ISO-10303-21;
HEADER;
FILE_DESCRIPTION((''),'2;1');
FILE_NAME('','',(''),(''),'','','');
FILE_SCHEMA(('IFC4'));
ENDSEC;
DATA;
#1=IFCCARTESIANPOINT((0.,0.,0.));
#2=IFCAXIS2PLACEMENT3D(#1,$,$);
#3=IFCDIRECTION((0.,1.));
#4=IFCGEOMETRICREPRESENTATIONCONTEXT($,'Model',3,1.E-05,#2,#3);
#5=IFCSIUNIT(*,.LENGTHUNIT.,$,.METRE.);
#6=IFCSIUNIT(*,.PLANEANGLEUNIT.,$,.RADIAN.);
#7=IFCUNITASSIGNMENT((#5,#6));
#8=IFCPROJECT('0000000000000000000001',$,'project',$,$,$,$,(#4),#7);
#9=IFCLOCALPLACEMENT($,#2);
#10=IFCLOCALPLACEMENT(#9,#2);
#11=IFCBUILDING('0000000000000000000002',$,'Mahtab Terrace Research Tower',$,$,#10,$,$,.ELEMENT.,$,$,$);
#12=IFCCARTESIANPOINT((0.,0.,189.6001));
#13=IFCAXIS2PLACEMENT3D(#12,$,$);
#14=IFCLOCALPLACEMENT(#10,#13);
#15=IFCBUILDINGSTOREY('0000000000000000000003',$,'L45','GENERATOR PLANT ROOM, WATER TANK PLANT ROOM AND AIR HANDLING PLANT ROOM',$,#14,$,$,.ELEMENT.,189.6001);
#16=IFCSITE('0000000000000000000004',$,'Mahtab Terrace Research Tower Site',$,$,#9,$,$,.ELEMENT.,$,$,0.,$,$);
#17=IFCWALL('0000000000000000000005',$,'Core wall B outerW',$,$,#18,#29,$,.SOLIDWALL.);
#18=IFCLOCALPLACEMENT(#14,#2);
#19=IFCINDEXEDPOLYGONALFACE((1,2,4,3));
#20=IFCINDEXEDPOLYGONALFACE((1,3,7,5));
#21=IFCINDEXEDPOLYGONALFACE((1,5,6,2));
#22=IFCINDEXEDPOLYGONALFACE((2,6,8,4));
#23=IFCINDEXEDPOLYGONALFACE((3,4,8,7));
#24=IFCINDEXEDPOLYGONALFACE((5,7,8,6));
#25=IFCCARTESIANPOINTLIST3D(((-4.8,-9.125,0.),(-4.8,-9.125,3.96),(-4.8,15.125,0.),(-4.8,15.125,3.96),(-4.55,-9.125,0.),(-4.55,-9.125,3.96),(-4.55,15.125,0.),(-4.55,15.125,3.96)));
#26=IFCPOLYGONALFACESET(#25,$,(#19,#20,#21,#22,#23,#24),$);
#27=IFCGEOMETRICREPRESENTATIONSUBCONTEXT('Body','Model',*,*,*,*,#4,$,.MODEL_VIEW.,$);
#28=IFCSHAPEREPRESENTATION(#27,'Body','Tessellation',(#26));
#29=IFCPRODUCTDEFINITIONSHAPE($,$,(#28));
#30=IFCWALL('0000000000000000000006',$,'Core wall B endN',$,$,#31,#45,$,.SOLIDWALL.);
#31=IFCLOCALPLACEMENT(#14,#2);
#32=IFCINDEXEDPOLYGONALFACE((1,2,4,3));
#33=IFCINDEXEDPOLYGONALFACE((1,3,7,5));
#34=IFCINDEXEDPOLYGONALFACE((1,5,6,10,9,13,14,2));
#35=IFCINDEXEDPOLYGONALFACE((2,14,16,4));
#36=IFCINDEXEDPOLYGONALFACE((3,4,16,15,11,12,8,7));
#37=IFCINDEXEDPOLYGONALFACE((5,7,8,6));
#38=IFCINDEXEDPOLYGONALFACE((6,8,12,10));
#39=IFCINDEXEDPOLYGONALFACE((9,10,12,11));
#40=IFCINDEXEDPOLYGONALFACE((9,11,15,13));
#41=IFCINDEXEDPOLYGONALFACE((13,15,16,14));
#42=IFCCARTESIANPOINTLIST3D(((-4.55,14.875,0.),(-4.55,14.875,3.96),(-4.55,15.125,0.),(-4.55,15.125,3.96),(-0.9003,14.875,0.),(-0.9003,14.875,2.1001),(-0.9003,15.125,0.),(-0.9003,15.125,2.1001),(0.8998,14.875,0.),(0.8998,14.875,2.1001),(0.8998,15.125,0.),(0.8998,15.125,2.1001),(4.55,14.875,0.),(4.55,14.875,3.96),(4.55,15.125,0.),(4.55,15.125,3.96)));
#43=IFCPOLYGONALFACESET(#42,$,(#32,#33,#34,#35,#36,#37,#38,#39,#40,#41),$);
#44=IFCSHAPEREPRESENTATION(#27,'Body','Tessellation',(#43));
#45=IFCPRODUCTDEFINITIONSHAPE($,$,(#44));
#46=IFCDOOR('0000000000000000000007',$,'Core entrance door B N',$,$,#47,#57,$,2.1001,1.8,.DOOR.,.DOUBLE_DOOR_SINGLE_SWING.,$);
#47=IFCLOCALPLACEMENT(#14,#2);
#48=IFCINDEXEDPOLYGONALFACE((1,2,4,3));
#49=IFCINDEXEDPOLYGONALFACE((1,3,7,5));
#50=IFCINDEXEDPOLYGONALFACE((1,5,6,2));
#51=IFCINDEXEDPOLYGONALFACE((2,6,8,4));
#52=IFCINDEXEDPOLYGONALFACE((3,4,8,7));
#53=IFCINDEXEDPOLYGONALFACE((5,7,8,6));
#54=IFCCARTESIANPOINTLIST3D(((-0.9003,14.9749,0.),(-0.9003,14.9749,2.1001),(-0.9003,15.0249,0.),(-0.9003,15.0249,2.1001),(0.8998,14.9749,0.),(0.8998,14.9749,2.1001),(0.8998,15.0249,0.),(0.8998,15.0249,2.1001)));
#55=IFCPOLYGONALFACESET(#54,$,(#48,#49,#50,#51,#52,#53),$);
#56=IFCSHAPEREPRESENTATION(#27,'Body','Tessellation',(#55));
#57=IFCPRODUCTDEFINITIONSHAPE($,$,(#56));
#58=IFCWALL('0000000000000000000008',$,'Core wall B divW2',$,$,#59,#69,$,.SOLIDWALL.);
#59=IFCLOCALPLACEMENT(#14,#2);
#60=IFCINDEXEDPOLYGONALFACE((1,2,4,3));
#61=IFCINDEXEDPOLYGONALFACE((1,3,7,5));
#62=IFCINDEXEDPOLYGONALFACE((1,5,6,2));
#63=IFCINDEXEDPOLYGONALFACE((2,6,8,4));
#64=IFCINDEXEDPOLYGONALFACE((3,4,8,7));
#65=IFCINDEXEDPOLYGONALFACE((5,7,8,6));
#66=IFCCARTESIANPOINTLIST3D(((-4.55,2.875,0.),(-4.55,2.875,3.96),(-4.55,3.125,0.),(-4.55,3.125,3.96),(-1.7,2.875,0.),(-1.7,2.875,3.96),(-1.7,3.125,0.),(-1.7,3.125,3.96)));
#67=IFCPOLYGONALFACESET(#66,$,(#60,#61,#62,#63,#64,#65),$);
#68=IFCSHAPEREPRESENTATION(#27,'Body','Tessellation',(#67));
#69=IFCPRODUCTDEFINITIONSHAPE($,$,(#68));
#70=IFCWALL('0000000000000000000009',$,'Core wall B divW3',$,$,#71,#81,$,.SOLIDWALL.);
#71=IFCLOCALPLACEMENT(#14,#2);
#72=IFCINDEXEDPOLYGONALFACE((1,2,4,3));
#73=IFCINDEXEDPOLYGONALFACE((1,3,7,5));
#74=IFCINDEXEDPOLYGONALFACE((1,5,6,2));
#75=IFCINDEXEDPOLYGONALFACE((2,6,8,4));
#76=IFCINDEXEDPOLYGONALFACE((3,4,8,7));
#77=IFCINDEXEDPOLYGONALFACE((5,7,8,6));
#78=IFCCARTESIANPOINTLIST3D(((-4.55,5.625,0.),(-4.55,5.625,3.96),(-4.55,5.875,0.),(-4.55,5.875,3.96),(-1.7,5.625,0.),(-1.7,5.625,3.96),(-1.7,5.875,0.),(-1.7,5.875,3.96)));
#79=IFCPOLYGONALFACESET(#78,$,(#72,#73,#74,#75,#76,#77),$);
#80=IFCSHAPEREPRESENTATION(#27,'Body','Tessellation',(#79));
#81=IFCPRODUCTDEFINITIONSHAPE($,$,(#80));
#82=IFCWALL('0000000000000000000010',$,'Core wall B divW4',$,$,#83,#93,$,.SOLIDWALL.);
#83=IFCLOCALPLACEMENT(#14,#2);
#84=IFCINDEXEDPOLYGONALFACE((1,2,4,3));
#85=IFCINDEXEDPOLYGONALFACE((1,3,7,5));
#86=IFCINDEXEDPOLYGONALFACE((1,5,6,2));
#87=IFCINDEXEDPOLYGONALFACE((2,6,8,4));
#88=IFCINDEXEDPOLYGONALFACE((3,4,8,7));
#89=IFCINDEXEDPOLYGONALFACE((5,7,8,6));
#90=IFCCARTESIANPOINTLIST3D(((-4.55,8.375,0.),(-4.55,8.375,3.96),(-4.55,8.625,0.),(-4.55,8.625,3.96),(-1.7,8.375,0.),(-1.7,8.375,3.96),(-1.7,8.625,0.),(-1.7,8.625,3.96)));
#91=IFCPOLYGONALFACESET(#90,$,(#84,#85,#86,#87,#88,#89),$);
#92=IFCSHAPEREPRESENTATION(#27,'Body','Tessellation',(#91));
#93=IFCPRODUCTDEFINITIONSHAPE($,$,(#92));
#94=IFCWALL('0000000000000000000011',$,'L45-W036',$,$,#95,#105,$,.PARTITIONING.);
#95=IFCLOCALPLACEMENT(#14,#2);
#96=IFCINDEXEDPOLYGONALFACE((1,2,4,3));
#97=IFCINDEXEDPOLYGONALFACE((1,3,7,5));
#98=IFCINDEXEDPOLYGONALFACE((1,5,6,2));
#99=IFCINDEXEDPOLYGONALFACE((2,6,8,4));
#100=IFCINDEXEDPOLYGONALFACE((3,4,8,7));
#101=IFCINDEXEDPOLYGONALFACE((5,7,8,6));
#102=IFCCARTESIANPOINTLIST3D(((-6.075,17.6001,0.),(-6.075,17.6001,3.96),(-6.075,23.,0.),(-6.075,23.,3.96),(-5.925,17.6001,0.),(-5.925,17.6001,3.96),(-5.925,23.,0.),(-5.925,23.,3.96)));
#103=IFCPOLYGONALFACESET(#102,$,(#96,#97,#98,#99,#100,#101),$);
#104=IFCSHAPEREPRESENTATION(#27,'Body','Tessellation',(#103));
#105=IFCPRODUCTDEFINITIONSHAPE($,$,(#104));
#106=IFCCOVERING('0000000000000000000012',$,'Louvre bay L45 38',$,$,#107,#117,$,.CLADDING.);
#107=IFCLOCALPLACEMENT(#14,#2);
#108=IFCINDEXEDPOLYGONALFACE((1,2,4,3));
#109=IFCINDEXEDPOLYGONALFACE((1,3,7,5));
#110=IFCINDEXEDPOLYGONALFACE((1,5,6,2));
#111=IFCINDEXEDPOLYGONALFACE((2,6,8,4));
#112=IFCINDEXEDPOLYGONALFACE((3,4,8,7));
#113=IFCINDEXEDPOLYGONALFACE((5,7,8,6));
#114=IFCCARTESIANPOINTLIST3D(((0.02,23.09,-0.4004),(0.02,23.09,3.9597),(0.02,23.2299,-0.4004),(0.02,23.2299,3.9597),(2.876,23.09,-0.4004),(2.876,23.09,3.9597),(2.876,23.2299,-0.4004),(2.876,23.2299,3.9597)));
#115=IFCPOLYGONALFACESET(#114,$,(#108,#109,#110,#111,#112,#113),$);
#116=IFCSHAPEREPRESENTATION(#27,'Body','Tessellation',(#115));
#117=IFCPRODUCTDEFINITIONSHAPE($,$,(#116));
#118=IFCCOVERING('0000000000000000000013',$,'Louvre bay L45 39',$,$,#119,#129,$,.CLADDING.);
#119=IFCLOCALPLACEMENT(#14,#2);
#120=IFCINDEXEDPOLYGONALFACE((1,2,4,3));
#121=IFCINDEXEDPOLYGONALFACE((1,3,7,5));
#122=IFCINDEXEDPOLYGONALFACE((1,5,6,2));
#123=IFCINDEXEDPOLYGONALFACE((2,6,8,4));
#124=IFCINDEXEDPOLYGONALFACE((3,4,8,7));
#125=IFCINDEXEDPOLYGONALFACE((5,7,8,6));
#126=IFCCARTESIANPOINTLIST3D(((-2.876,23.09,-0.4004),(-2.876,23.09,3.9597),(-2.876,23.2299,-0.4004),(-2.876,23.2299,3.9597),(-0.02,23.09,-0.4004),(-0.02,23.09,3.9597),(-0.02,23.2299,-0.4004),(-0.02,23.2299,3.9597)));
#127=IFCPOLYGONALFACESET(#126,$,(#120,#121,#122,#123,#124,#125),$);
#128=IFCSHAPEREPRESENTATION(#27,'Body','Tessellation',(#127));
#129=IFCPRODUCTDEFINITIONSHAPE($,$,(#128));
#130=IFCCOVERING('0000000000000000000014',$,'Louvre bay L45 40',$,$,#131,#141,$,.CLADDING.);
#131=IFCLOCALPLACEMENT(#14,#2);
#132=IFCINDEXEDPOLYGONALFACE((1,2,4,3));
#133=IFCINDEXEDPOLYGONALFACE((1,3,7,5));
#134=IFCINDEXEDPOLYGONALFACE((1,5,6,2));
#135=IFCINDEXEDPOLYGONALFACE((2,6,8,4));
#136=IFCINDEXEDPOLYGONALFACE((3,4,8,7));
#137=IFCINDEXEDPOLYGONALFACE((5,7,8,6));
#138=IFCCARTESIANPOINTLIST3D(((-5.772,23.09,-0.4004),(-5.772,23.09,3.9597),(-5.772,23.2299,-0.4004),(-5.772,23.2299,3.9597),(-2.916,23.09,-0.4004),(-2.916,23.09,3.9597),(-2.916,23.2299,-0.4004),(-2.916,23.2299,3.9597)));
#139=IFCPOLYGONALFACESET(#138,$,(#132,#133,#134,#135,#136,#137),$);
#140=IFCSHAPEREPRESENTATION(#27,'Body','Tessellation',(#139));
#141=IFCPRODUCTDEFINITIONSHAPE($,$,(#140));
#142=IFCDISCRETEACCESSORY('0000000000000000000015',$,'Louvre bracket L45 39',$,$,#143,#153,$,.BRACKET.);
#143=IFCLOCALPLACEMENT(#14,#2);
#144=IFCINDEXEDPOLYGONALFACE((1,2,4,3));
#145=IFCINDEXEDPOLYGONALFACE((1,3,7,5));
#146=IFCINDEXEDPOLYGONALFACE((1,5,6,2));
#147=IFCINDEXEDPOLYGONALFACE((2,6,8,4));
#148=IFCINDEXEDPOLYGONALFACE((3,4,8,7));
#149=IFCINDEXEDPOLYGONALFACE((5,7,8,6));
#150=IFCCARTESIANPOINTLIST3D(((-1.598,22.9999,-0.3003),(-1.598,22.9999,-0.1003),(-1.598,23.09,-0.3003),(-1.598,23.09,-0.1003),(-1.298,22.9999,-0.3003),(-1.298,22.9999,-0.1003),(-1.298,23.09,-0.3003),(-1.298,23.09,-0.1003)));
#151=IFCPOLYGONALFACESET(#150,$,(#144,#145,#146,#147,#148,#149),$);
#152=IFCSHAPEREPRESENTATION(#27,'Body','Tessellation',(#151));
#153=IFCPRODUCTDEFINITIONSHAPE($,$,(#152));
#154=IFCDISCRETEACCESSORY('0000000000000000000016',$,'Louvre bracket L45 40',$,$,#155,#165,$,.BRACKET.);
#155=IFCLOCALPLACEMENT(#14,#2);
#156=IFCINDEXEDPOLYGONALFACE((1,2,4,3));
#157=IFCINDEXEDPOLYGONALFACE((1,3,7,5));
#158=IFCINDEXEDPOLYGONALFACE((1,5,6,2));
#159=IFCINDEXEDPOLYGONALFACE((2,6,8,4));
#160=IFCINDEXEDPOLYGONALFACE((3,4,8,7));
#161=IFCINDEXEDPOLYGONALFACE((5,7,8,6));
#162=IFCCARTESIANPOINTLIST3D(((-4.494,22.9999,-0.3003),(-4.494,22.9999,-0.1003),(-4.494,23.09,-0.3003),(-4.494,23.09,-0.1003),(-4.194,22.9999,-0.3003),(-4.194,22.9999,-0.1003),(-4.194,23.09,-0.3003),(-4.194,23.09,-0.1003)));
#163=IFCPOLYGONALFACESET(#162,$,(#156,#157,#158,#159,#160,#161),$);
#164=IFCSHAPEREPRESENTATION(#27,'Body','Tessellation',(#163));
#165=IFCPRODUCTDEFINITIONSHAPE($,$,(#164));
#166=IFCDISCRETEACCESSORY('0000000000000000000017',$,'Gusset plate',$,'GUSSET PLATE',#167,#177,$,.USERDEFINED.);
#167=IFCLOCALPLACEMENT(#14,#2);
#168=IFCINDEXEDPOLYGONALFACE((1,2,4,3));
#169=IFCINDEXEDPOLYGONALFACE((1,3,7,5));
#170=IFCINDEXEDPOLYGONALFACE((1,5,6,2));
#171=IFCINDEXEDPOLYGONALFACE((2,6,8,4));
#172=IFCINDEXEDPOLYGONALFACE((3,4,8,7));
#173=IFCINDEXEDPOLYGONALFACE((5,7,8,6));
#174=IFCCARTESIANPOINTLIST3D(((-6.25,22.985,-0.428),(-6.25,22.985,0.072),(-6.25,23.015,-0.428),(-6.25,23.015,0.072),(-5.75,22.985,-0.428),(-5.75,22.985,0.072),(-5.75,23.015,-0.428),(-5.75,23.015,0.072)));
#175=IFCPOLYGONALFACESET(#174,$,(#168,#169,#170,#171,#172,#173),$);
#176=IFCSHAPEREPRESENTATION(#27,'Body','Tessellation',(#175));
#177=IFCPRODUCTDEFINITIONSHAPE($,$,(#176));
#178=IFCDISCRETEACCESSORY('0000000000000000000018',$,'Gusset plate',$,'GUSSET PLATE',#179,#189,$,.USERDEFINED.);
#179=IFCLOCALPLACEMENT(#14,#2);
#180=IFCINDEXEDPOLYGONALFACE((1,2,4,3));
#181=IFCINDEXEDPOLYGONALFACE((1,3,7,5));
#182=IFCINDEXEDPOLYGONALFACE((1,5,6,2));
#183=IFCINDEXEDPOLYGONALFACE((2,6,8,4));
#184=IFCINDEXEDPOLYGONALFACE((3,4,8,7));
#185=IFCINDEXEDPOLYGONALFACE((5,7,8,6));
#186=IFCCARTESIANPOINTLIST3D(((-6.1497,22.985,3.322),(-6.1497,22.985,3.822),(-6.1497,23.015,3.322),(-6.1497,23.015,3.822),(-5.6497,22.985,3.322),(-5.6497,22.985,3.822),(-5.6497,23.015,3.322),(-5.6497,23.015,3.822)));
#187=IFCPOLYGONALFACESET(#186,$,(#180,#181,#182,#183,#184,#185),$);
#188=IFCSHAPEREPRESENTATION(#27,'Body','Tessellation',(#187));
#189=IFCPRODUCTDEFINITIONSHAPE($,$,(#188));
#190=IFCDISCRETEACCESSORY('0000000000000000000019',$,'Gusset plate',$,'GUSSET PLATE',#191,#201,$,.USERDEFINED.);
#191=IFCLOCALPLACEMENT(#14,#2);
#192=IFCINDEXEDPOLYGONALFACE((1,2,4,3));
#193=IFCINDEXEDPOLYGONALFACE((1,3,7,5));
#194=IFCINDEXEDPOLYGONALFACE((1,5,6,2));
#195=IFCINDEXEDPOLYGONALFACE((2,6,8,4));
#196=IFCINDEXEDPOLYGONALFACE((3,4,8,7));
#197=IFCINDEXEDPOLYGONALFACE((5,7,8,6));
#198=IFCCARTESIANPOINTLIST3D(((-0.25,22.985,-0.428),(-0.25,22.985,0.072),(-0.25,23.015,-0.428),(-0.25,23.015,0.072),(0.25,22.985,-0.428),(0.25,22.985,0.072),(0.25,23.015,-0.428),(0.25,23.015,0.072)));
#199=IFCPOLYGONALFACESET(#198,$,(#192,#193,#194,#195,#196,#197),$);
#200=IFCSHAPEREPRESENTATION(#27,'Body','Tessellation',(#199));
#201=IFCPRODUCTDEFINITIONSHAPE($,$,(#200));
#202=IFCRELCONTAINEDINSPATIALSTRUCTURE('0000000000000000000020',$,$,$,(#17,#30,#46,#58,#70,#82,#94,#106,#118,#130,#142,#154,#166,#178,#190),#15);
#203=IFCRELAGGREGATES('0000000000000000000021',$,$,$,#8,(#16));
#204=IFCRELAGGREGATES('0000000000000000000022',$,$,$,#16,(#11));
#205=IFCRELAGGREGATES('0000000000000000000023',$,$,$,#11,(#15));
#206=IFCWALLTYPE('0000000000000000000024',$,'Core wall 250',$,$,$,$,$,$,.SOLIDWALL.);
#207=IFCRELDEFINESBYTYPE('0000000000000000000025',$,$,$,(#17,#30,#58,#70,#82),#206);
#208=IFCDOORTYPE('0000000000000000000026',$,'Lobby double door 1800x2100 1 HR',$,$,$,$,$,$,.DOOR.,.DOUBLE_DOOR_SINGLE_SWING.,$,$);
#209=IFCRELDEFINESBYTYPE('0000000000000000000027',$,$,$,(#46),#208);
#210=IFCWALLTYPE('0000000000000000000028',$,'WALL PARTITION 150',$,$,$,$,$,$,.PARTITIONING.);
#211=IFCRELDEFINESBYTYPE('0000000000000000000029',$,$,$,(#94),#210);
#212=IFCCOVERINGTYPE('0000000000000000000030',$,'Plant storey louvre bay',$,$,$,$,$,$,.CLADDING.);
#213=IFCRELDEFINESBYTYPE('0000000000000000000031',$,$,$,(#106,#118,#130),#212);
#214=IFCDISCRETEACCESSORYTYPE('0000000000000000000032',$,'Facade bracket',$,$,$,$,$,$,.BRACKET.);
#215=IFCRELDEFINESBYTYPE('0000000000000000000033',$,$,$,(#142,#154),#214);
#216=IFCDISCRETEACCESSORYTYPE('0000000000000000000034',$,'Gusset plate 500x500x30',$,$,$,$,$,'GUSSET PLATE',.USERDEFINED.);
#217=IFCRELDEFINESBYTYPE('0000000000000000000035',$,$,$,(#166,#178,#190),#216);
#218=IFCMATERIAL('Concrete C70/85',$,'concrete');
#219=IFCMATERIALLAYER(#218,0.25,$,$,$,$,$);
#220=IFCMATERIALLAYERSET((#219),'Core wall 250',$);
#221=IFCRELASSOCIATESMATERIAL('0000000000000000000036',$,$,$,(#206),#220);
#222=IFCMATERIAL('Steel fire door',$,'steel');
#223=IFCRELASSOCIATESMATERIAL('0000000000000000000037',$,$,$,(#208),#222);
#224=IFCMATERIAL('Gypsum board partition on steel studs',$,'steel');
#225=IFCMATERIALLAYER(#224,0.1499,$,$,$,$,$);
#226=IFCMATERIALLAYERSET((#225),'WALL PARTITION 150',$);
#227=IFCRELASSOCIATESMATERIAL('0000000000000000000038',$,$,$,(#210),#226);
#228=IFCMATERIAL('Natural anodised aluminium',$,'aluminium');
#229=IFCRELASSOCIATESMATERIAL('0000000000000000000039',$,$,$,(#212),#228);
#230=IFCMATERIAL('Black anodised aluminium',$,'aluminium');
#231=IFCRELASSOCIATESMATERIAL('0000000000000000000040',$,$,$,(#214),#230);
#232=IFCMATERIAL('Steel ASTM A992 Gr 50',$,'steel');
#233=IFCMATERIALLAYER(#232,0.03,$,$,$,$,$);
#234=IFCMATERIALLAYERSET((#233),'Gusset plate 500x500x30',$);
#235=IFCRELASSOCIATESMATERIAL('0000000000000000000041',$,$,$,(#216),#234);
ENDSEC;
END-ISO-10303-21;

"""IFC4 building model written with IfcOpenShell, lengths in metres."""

from ifc_helpers import new_model, si_unit, direction, frame, frame_2d, origin, origin_2d, place, context, subcontext, project, spatial, rectangle, extrude, material, layer, layer_set, type_object, element, fill, save


model = new_model("IFC4")

# Units and contexts
model_context = context("Model", 3, precision=1e-05, world=origin(), true_north=direction((0.0, 1.0)))
body_context = subcontext(model_context, "Body", "Model", "MODEL_VIEW")
ifc_project = project(units=[si_unit("LENGTHUNIT", "METRE"), si_unit("PLANEANGLEUNIT", "RADIAN")], contexts=[model_context])

# Site, building, storey
site_placement = place(None, origin())
site = spatial("IfcSite", under=ifc_project, at=site_placement, Name="Mahtab Terrace Research Tower Site", CompositionType="ELEMENT", RefElevation=0.0)
building_placement = place(site_placement, origin())
building = spatial("IfcBuilding", under=site, at=building_placement, Name="Mahtab Terrace Research Tower", CompositionType="ELEMENT")
storey_placement = place(building_placement, frame((0.0, 0.0, 189.6001)))
storey = spatial("IfcBuildingStorey", under=building, at=storey_placement, Name="L45", Description="GENERATOR PLANT ROOM, WATER TANK PLANT ROOM AND AIR HANDLING PLANT ROOM", CompositionType="ELEMENT", Elevation=189.6001)

# Shared definitions
ifc_material_1 = material(Name="Concrete C70/85", Category="concrete")
ifc_material_2 = material(Name="Steel ASTM A992 Gr 50", Category="steel")

# Wall
ifc_layer_1 = layer(ifc_material_1, 0.25)
ifc_layer_set_1 = layer_set([ifc_layer_1], Name="Core wall 250")
wall_type_1 = type_object("IfcWallType", Name="Core wall 250", PredefinedType="SOLIDWALL", material=ifc_layer_set_1)
wall_1_placement = place(storey_placement, frame((-4.675, 15.125, 0.0), z_axis=(0.0, 0.0, 1.0), x_axis=(0.0, -1.0, 0.0)))
element("IfcWall", 1, at=wall_1_placement, inside=storey, type_object=wall_type_1, Name="Core wall B outerW", PredefinedType="SOLIDWALL", context=body_context, shape_type="SweptSolid", body=[
    extrude(rectangle(XDim=24.25, YDim=0.25, at=frame_2d((12.125, 0.0))), origin(), (0.0, 0.0, 1.0), 3.96),
])

# Wall, opening, door
wall_2_placement = place(storey_placement, frame((-4.55, 15.0, 0.0), z_axis=(0.0, 0.0, 1.0), x_axis=(1.0, 0.0, 0.0)))
wall_2 = element("IfcWall", 2, at=wall_2_placement, inside=storey, type_object=wall_type_1, Name="Core wall B endN", PredefinedType="SOLIDWALL", context=body_context, shape_type="SweptSolid", body=[
    extrude(rectangle(XDim=9.1001, YDim=0.25, at=frame_2d((4.55, 0.0))), origin(), (0.0, 0.0, 1.0), 3.96),
])
opening_placement = place(wall_2_placement, frame((3.6499, 0.0, 0.0)))
opening = element("IfcOpeningElement", 3, at=opening_placement, cuts=wall_2, PredefinedType="OPENING", context=body_context, shape_type="SweptSolid", body=[
    extrude(rectangle(XDim=1.8, YDim=2.1001, at=frame_2d((0.8999, 1.05))), frame((0.0, 0.135, 0.0), z_axis=(0.0, -1.0, 0.0), x_axis=(1.0, 0.0, 0.0)), (0.0, 0.0, 1.0), 0.27),
])
ifc_material_3 = material(Name="Steel fire door", Category="steel")
door_type = type_object("IfcDoorType", Name="Lobby double door 1800x2100 1 HR", OperationType="DOUBLE_DOOR_SINGLE_SWING", PredefinedType="DOOR", material=ifc_material_3)
door_placement = place(opening_placement, origin())
door = element("IfcDoor", 4, at=door_placement, inside=storey, type_object=door_type, Name="Core entrance door B N", OperationType="DOUBLE_DOOR_SINGLE_SWING", OverallHeight=2.1001, OverallWidth=1.8, PredefinedType="DOOR", context=body_context, shape_type="SweptSolid", body=[
    extrude(rectangle(XDim=1.8, YDim=2.1001, at=frame_2d((0.8999, 1.05))), frame((0.0, 0.0249, 0.0), z_axis=(0.0, -1.0, 0.0), x_axis=(1.0, 0.0, 0.0)), (0.0, 0.0, 1.0), 0.05),
])
fill(opening, door)

# Walls
for number, where, z_axis, x_axis, name in (
    (5, (-4.55, 3.0, 0.0), (0.0, 0.0, 1.0), (1.0, 0.0, 0.0), "Core wall B divW2"),
    (6, (-4.55, 5.75, 0.0), (0.0, 0.0, 1.0), (1.0, 0.0, 0.0), "Core wall B divW3"),
    (7, (-4.55, 8.5, 0.0), (0.0, 0.0, 1.0), (1.0, 0.0, 0.0), "Core wall B divW4"),
):
    element("IfcWall", number, at=place(storey_placement, frame(where, z_axis=z_axis, x_axis=x_axis)), inside=storey, type_object=wall_type_1, Name=name, PredefinedType="SOLIDWALL", context=body_context, shape_type="SweptSolid", body=[
        extrude(rectangle(XDim=2.8501, YDim=0.25, at=frame_2d((1.425, 0.0))), origin(), (0.0, 0.0, 1.0), 3.96),
    ])
ifc_material_4 = material(Name="Gypsum board partition on steel studs", Category="steel")
ifc_layer_2 = layer(ifc_material_4, 0.1499)
ifc_layer_set_2 = layer_set([ifc_layer_2], Name="WALL PARTITION 150")
wall_type_2 = type_object("IfcWallType", Name="WALL PARTITION 150", PredefinedType="PARTITIONING", material=ifc_layer_set_2)
wall_3_placement = place(storey_placement, frame((-6.0, 17.6001, 0.0), z_axis=(0.0, 0.0, 1.0), x_axis=(0.0, 1.0, 0.0)))
element("IfcWall", 8, at=wall_3_placement, inside=storey, type_object=wall_type_2, Name="L45-W036", PredefinedType="PARTITIONING", context=body_context, shape_type="SweptSolid", body=[
    extrude(rectangle(XDim=5.3999, YDim=0.1499, at=frame_2d((2.7, 0.0))), origin(), (0.0, 0.0, 1.0), 3.96),
])

# Coverings
ifc_material_5 = material(Name="Natural anodised aluminium", Category="aluminium")
covering_type = type_object("IfcCoveringType", Name="Plant storey louvre bay", PredefinedType="CLADDING", material=ifc_material_5)
for number, where, z_axis, x_axis, name in (
    (9, (1.448, 23.1599, -0.4004), (0.0, 0.0, 1.0), (-1.0, 0.0, 0.0), "Louvre bay L45 38"),
    (10, (-1.448, 23.1599, -0.4004), (0.0, 0.0, 1.0), (-1.0, 0.0, 0.0), "Louvre bay L45 39"),
    (11, (-4.344, 23.1599, -0.4004), (0.0, 0.0, 1.0), (-1.0, 0.0, 0.0), "Louvre bay L45 40"),
):
    element("IfcCovering", number, at=place(storey_placement, frame(where, z_axis=z_axis, x_axis=x_axis)), inside=storey, type_object=covering_type, Name=name, PredefinedType="CLADDING", context=body_context, shape_type="SweptSolid", body=[
        extrude(rectangle(XDim=2.856, YDim=0.1399, at=origin_2d()), origin(), (0.0, 0.0, 1.0), 4.3601),
    ])

# Discrete accessories
ifc_material_6 = material(Name="Black anodised aluminium", Category="aluminium")
discrete_accessory_type_1 = type_object("IfcDiscreteAccessoryType", Name="Facade bracket", PredefinedType="BRACKET", material=ifc_material_6)
for number, where, z_axis, x_axis, name in (
    (12, (-1.448, 23.0449, -0.3003), (0.0, 0.0, 1.0), (-1.0, 0.0, 0.0), "Louvre bracket L45 39"),
    (13, (-4.344, 23.0449, -0.3003), (0.0, 0.0, 1.0), (-1.0, 0.0, 0.0), "Louvre bracket L45 40"),
):
    element("IfcDiscreteAccessory", number, at=place(storey_placement, frame(where, z_axis=z_axis, x_axis=x_axis)), inside=storey, type_object=discrete_accessory_type_1, Name=name, PredefinedType="BRACKET", context=body_context, shape_type="SweptSolid", body=[
        extrude(rectangle(XDim=0.3, YDim=0.0901, at=origin_2d()), origin(), (0.0, 0.0, 1.0), 0.2),
    ])
ifc_layer_3 = layer(ifc_material_2, 0.03)
ifc_layer_set_3 = layer_set([ifc_layer_3], Name="Gusset plate 500x500x30")
discrete_accessory_type_2 = type_object("IfcDiscreteAccessoryType", Name="Gusset plate 500x500x30", ElementType="GUSSET PLATE", PredefinedType="USERDEFINED", material=ifc_layer_set_3)
for number, where, z_axis, x_axis, name in (
    (14, (-6.0, 23.0, -0.428), (0.0, 0.0, 1.0), (1.0, 0.0, 0.0), "Gusset plate"),
    (15, (-5.8997, 23.0, 3.322), (0.0, 0.0, 1.0), (1.0, 0.0, 0.0), "Gusset plate"),
    (16, (0.0, 23.0, -0.428), (0.0, 0.0, 1.0), (1.0, 0.0, 0.0), "Gusset plate"),
):
    element("IfcDiscreteAccessory", number, at=place(storey_placement, frame(where, z_axis=z_axis, x_axis=x_axis)), inside=storey, type_object=discrete_accessory_type_2, Name=name, ObjectType="GUSSET PLATE", PredefinedType="USERDEFINED", context=body_context, shape_type="SweptSolid", body=[
        extrude(rectangle(XDim=0.5, YDim=0.03, at=origin_2d()), origin(), (0.0, 0.0, 1.0), 0.5),
    ])

save(model, "model.ifc")
